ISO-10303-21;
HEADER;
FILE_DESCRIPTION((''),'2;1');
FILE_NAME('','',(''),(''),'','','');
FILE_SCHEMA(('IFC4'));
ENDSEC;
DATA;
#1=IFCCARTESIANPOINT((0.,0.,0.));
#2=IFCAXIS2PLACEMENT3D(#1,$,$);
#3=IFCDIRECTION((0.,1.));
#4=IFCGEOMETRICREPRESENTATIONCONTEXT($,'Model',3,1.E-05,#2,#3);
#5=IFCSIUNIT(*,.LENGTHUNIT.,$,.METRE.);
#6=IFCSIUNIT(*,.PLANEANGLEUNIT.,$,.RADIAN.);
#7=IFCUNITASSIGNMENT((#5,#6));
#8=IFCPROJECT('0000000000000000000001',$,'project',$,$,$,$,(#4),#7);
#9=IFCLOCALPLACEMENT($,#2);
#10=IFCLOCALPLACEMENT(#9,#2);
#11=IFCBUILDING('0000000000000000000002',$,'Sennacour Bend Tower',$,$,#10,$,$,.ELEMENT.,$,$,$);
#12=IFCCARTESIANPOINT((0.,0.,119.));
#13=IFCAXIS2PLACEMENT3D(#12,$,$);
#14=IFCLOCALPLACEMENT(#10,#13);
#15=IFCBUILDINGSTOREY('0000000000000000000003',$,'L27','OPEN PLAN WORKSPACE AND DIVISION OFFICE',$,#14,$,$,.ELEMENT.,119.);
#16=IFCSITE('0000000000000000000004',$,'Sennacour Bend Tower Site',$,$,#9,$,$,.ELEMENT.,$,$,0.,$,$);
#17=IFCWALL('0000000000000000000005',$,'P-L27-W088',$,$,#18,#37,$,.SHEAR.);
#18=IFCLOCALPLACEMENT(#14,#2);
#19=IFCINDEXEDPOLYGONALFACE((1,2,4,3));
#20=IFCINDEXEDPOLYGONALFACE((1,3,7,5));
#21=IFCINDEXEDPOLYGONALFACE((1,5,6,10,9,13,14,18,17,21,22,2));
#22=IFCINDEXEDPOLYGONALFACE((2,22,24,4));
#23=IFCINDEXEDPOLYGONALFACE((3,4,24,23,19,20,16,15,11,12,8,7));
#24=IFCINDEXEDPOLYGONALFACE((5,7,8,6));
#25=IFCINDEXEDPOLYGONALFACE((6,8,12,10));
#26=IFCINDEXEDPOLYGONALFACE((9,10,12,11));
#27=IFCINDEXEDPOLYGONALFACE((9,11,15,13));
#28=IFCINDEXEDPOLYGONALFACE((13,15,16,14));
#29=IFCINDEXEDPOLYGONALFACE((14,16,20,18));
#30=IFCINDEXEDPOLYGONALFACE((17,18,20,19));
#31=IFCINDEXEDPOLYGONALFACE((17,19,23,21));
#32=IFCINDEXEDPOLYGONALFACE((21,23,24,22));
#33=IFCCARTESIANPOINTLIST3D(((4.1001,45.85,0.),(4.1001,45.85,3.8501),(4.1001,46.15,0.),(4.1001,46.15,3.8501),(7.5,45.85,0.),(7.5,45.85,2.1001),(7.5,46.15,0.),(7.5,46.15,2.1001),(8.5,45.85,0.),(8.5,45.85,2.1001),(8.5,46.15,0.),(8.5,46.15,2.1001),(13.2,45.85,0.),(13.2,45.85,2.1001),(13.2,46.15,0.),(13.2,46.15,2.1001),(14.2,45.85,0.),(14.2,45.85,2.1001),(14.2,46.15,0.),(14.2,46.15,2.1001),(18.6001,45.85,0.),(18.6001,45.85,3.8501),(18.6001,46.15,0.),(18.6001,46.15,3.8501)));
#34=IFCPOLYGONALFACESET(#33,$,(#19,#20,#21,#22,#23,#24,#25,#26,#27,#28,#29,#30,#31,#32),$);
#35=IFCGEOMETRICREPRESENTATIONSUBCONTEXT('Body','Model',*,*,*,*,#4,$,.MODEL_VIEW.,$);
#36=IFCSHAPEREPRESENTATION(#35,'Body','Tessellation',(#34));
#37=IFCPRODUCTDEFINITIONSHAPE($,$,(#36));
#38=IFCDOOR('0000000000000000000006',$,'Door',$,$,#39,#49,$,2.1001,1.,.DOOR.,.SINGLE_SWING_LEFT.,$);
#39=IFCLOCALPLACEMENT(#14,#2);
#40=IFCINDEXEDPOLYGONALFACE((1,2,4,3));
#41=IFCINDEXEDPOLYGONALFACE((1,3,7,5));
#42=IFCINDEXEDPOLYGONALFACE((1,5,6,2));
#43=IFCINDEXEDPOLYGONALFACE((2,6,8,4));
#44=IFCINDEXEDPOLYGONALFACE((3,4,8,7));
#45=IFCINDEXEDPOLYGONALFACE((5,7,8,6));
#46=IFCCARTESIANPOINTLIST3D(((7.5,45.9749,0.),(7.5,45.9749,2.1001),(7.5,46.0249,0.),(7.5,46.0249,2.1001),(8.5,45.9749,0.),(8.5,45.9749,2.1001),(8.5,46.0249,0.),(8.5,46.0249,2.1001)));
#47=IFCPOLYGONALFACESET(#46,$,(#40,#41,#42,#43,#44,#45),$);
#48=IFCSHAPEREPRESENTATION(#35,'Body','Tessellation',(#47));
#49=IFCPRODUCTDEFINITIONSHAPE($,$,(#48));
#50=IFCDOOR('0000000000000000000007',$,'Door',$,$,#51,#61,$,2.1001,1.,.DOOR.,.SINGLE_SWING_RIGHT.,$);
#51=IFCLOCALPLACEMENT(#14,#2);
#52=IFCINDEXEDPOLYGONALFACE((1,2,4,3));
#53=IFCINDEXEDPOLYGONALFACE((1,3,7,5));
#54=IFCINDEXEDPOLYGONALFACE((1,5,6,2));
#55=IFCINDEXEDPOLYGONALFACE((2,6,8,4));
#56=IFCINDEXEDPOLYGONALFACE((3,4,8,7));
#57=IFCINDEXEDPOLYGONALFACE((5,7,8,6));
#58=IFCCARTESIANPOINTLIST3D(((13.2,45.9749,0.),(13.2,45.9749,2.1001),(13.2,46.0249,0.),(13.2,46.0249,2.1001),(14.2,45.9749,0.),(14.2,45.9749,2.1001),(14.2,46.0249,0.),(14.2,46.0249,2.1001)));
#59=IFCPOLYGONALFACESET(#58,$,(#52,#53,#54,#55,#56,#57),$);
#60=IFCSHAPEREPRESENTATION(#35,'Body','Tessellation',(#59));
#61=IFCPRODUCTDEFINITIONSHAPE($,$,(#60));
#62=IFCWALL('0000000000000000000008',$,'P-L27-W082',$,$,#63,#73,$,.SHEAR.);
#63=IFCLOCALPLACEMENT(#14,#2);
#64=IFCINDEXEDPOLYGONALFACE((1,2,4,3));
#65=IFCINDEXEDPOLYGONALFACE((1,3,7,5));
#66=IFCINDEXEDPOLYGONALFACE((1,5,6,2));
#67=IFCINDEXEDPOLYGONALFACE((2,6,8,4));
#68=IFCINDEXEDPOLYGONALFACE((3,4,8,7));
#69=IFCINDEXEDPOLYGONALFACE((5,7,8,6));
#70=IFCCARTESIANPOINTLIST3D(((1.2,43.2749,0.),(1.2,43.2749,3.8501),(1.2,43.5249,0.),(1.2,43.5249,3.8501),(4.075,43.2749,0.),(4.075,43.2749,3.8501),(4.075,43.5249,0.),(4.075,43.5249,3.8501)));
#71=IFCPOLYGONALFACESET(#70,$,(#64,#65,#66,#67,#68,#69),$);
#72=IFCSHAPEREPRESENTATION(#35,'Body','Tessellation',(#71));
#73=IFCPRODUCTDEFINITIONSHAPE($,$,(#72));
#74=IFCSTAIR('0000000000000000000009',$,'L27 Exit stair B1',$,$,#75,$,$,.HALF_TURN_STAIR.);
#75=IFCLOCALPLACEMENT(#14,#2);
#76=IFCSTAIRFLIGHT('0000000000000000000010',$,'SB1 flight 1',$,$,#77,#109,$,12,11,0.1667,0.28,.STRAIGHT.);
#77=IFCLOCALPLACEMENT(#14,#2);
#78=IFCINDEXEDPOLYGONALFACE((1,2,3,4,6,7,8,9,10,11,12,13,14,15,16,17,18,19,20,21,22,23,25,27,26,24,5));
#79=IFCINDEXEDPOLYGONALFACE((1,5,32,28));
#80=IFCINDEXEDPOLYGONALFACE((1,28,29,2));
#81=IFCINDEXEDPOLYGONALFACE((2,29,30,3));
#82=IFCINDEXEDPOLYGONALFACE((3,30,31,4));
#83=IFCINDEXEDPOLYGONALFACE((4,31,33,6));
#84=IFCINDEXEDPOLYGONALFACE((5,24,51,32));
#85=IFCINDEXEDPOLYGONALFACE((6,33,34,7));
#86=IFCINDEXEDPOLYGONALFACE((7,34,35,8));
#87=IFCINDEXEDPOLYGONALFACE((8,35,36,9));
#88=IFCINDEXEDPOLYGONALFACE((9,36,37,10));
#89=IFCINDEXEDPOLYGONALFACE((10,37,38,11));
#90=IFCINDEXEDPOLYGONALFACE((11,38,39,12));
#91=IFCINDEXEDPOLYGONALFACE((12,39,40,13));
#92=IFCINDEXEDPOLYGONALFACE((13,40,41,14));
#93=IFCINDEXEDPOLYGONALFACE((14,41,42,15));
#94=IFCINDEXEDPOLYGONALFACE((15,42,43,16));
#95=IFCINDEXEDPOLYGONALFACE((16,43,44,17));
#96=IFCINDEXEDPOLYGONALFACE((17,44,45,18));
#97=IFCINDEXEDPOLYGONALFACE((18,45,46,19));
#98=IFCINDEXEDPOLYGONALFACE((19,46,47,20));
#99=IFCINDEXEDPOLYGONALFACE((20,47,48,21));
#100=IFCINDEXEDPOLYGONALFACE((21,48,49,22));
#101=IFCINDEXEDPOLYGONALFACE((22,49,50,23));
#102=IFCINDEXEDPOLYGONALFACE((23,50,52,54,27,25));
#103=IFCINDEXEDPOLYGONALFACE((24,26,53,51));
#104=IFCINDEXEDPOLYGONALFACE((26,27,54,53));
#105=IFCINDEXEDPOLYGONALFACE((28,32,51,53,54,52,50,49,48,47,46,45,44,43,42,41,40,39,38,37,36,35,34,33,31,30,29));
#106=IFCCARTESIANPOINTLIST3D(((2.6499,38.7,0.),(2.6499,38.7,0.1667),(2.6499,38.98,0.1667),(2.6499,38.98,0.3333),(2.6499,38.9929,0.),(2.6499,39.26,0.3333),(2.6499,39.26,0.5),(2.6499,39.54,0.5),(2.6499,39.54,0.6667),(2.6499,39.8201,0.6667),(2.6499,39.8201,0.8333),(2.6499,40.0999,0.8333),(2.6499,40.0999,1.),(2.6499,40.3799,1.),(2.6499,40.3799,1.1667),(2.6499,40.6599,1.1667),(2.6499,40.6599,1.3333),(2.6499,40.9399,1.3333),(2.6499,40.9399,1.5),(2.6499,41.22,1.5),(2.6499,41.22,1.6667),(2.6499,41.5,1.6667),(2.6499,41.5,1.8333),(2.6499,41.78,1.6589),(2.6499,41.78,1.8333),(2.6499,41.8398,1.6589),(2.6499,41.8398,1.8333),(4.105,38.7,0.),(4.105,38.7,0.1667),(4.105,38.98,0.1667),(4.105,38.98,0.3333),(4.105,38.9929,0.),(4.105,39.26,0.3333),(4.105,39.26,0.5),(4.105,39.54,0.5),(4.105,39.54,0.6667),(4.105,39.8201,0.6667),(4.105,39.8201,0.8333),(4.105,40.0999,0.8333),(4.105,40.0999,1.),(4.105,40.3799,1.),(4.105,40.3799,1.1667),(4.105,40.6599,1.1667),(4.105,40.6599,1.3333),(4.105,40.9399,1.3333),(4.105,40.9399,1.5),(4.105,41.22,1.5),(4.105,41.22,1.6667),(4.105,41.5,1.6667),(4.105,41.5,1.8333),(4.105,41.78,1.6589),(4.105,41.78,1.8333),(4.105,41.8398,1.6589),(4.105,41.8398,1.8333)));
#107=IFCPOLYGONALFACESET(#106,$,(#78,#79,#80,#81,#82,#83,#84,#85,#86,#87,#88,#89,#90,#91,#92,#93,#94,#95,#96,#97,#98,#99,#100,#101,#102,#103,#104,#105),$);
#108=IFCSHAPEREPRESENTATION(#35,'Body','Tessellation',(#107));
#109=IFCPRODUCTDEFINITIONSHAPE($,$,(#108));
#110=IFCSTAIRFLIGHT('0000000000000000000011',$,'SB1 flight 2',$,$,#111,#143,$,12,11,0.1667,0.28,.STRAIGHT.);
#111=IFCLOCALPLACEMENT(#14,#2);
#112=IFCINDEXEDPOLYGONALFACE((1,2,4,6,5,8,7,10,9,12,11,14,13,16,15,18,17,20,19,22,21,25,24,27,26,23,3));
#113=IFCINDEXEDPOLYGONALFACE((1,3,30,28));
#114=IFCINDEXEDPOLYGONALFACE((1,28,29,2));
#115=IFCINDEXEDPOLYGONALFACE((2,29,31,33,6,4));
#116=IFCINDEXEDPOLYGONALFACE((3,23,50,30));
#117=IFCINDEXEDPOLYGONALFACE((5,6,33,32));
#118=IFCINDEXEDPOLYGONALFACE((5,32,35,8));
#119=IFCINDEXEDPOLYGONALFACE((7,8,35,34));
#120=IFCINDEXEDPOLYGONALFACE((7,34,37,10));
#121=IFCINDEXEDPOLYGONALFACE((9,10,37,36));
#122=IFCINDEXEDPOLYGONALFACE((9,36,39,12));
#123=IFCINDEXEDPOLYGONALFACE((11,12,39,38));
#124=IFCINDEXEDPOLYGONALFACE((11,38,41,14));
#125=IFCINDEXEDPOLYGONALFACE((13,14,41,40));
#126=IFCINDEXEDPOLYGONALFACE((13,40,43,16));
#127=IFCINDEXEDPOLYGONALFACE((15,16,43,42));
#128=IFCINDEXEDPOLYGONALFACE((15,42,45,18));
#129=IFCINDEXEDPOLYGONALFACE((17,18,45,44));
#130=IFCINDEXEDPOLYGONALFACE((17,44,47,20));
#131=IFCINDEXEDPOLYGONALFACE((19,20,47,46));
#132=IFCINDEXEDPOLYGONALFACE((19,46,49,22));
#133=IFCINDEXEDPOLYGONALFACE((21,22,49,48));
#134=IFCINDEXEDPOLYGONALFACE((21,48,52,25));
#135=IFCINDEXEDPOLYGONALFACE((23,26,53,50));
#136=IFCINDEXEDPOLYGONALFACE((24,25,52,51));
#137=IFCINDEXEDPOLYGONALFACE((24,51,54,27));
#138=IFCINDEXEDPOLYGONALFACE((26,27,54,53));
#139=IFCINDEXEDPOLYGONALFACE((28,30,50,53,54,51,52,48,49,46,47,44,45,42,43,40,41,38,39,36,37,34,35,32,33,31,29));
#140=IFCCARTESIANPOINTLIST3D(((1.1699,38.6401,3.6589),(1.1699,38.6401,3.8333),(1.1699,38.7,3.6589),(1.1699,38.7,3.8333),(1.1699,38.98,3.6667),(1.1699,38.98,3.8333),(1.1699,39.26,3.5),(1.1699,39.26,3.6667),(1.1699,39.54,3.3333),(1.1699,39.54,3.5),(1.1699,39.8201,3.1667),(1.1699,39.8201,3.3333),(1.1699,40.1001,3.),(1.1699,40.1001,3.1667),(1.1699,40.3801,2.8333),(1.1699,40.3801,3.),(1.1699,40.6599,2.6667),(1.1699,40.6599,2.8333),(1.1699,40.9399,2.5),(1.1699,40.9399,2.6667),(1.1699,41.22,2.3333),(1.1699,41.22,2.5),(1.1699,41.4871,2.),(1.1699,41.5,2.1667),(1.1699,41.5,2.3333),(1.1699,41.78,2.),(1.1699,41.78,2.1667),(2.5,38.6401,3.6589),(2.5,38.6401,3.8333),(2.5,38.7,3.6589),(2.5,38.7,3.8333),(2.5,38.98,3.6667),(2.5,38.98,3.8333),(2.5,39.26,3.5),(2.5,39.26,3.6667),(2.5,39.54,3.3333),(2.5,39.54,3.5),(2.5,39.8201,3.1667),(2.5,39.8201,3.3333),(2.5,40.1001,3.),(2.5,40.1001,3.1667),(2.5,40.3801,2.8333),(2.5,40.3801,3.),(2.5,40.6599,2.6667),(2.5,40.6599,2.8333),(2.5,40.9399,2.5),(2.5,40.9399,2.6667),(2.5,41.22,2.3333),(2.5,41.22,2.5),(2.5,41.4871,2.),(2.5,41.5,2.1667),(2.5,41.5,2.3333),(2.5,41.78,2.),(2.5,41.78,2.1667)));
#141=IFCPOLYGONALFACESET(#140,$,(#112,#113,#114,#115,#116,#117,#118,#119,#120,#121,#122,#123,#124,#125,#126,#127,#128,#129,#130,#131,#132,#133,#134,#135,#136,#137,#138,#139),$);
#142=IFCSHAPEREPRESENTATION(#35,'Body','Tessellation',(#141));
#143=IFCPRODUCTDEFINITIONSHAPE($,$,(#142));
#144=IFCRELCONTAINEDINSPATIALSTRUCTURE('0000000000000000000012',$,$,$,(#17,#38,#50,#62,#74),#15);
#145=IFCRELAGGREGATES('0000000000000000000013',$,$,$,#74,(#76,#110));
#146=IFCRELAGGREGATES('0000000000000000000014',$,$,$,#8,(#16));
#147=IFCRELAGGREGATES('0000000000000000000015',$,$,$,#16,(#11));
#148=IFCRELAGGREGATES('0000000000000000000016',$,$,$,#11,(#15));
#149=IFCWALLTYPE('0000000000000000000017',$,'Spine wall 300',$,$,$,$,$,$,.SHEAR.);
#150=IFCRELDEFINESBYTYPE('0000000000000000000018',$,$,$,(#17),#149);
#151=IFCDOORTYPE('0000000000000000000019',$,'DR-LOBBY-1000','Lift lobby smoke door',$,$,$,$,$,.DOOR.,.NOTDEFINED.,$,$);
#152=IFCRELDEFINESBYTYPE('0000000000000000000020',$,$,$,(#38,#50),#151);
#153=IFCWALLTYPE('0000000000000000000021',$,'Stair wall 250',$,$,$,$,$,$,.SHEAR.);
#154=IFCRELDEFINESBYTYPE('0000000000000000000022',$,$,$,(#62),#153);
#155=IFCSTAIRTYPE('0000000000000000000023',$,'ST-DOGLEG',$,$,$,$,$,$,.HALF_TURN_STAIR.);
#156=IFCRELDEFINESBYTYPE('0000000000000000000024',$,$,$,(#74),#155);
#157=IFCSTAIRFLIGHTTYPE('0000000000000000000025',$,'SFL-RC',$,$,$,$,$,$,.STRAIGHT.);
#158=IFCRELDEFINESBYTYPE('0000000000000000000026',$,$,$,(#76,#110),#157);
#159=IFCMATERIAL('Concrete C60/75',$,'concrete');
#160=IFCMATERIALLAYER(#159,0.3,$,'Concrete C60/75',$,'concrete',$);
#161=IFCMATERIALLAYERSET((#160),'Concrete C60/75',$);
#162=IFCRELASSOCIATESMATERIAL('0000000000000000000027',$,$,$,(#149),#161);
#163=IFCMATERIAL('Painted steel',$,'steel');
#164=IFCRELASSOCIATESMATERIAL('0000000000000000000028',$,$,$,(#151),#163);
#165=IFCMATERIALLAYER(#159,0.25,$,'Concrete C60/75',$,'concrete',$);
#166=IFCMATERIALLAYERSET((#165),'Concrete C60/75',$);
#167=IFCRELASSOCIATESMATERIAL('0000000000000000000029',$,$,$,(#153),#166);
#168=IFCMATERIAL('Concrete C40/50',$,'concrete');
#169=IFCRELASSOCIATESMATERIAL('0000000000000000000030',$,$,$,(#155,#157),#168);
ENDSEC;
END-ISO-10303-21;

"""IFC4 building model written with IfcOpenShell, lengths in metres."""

from ifc_helpers import new_model, si_unit, direction, frame, frame_2d, origin, place, context, subcontext, project, spatial, polyline, rectangle, outline, extrude, material, layer, layer_set, type_object, element, fill, aggregate, save


model = new_model("IFC4")

# Units and contexts
model_context = context("Model", 3, precision=1e-05, world=origin(), true_north=direction((0.0, 1.0)))
body_context = subcontext(model_context, "Body", "Model", "MODEL_VIEW")
ifc_project = project(units=[si_unit("LENGTHUNIT", "METRE"), si_unit("PLANEANGLEUNIT", "RADIAN")], contexts=[model_context])

# Site, building, storey
site_placement = place(None, origin())
site = spatial("IfcSite", under=ifc_project, at=site_placement, Name="Sennacour Bend Tower Site", CompositionType="ELEMENT", RefElevation=0.0)
building_placement = place(site_placement, origin())
building = spatial("IfcBuilding", under=site, at=building_placement, Name="Sennacour Bend Tower", CompositionType="ELEMENT")
storey_placement = place(building_placement, frame((0.0, 0.0, 119.0)))
storey = spatial("IfcBuildingStorey", under=building, at=storey_placement, Name="L27", Description="OPEN PLAN WORKSPACE AND DIVISION OFFICE", CompositionType="ELEMENT", Elevation=119.0)

# Shared definitions
ifc_material_1 = material(Name="Painted steel", Category="steel")

# Wall, openings, doors
ifc_material_2 = material(Name="Concrete C60/75", Category="concrete")
ifc_layer_1 = layer(ifc_material_2, 0.3, Name="Concrete C60/75", Category="concrete")
ifc_layer_set_1 = layer_set([ifc_layer_1], Name="Concrete C60/75")
wall_type_1 = type_object("IfcWallType", Name="Spine wall 300", PredefinedType="SHEAR", material=ifc_layer_set_1)
wall_1_placement = place(storey_placement, frame((4.1001, 46.0, 0.0), z_axis=(0.0, 0.0, 1.0), x_axis=(1.0, 0.0, 0.0)))
wall_1 = element("IfcWall", 1, at=wall_1_placement, inside=storey, type_object=wall_type_1, Name="P-L27-W088", PredefinedType="SHEAR", context=body_context, shape_type="SweptSolid", body=[
    extrude(rectangle(XDim=14.5, YDim=0.3, at=frame_2d((7.25, 0.0))), origin(), (0.0, 0.0, 1.0), 3.8501),
])
opening_1_placement = place(wall_1_placement, frame((3.3999, 0.0, 0.0)))
opening_1 = element("IfcOpeningElement", 2, at=opening_1_placement, cuts=wall_1, PredefinedType="OPENING", context=body_context, shape_type="SweptSolid", body=[
    extrude(rectangle(XDim=1.0, YDim=2.1001, at=frame_2d((0.5, 1.05))), frame((0.0, 0.1602, 0.0), z_axis=(0.0, -1.0, 0.0), x_axis=(1.0, 0.0, 0.0)), (0.0, 0.0, 1.0), 0.3201),
])
opening_2_placement = place(wall_1_placement, frame((9.0999, 0.0, 0.0)))
opening_2 = element("IfcOpeningElement", 3, at=opening_2_placement, cuts=wall_1, PredefinedType="OPENING", context=body_context, shape_type="SweptSolid", body=[
    extrude(rectangle(XDim=1.0, YDim=2.1001, at=frame_2d((0.5, 1.05))), frame((0.0, 0.1602, 0.0), z_axis=(0.0, -1.0, 0.0), x_axis=(1.0, 0.0, 0.0)), (0.0, 0.0, 1.0), 0.3201),
])
door_type_1 = type_object("IfcDoorType", Name="DR-LOBBY-1000", Description="Lift lobby smoke door", OperationType="NOTDEFINED", PredefinedType="DOOR", material=ifc_material_1)
door_1_placement = place(opening_1_placement, origin())
door_1 = element("IfcDoor", 4, at=door_1_placement, inside=storey, type_object=door_type_1, Name="Door", OperationType="SINGLE_SWING_LEFT", OverallHeight=2.1001, OverallWidth=1.0, PredefinedType="DOOR", context=body_context, shape_type="SweptSolid", body=[
    extrude(rectangle(XDim=1.0, YDim=2.1001, at=frame_2d((0.5, 1.05))), frame((0.0, 0.0249, 0.0), z_axis=(0.0, -1.0, 0.0), x_axis=(1.0, 0.0, 0.0)), (0.0, 0.0, 1.0), 0.05),
])
fill(opening_1, door_1)
door_2_placement = place(opening_2_placement, origin())
door_2 = element("IfcDoor", 5, at=door_2_placement, inside=storey, type_object=door_type_1, Name="Door", OperationType="SINGLE_SWING_RIGHT", OverallHeight=2.1001, OverallWidth=1.0, PredefinedType="DOOR", context=body_context, shape_type="SweptSolid", body=[
    extrude(rectangle(XDim=1.0, YDim=2.1001, at=frame_2d((0.5, 1.05))), frame((0.0, 0.0249, 0.0), z_axis=(0.0, -1.0, 0.0), x_axis=(1.0, 0.0, 0.0)), (0.0, 0.0, 1.0), 0.05),
])
fill(opening_2, door_2)

# Wall
ifc_layer_2 = layer(ifc_material_2, 0.25, Name="Concrete C60/75", Category="concrete")
ifc_layer_set_2 = layer_set([ifc_layer_2], Name="Concrete C60/75")
wall_type_2 = type_object("IfcWallType", Name="Stair wall 250", PredefinedType="SHEAR", material=ifc_layer_set_2)
wall_2_placement = place(storey_placement, frame((1.2, 43.3999, 0.0), z_axis=(0.0, 0.0, 1.0), x_axis=(1.0, 0.0, 0.0)))
element("IfcWall", 6, at=wall_2_placement, inside=storey, type_object=wall_type_2, Name="P-L27-W082", PredefinedType="SHEAR", context=body_context, shape_type="SweptSolid", body=[
    extrude(rectangle(XDim=2.875, YDim=0.25, at=frame_2d((1.4375, 0.0))), origin(), (0.0, 0.0, 1.0), 3.8501),
])

# Stair, stair flights
ifc_material_3 = material(Name="Concrete C40/50", Category="concrete")
stair_type = type_object("IfcStairType", Name="ST-DOGLEG", PredefinedType="HALF_TURN_STAIR", material=ifc_material_3)
stair_placement = place(storey_placement, origin())
stair = element("IfcStair", 7, at=stair_placement, inside=storey, type_object=stair_type, Name="L27 Exit stair B1", PredefinedType="HALF_TURN_STAIR")
stair_flight_type = type_object("IfcStairFlightType", Name="SFL-RC", PredefinedType="STRAIGHT", material=ifc_material_3)
stair_flight_1_placement = place(storey_placement, frame((3.3774, 38.7, 0.0), z_axis=(0.0, 0.0, 1.0), x_axis=(0.0, 1.0, 0.0)))
stair_flight_1 = element("IfcStairFlight", 8, at=stair_flight_1_placement, type_object=stair_flight_type, Name="SB1 flight 1", NumberOfRisers=12, NumberOfTreads=11, PredefinedType="STRAIGHT", RiserHeight=0.1667, TreadLength=0.28, context=body_context, shape_type="SweptSolid", body=[
    extrude(outline(polyline([(0.0, 0.0), (0.0, 0.1667), (0.28, 0.1667), (0.28, 0.3333), (0.5601, 0.3333), (0.5601, 0.5), (0.8401, 0.5), (0.8401, 0.6667), (1.1201, 0.6667), (1.1201, 0.8333), (1.3999, 0.8333), (1.3999, 1.0), (1.6799, 1.0), (1.6799, 1.1667), (1.96, 1.1667), (1.96, 1.3333), (2.24, 1.3333), (2.24, 1.5), (2.52, 1.5), (2.52, 1.6667), (2.8, 1.6667), (2.8, 1.8333), (3.0801, 1.8333), (3.1399, 1.8333), (3.1399, 1.6589), (3.0801, 1.6589), (0.293, 0.0), (0.0, 0.0)])), frame((0.0, 0.7275, 0.0), z_axis=(0.0, -1.0, 0.0), x_axis=(1.0, 0.0, 0.0)), (0.0, 0.0, 1.0), 1.4551),
])
stair_flight_2_placement = place(storey_placement, frame((1.835, 41.78, 2.0), z_axis=(0.0, 0.0, 1.0), x_axis=(0.0, -1.0, 0.0)))
stair_flight_2 = element("IfcStairFlight", 9, at=stair_flight_2_placement, type_object=stair_flight_type, Name="SB1 flight 2", NumberOfRisers=12, NumberOfTreads=11, PredefinedType="STRAIGHT", RiserHeight=0.1667, TreadLength=0.28, context=body_context, shape_type="SweptSolid", body=[
    extrude(outline(polyline([(0.0, 0.0), (0.0, 0.1667), (0.28, 0.1667), (0.28, 0.3333), (0.5601, 0.3333), (0.5601, 0.5), (0.8401, 0.5), (0.8401, 0.6667), (1.1201, 0.6667), (1.1201, 0.8333), (1.3999, 0.8333), (1.3999, 1.0), (1.6799, 1.0), (1.6799, 1.1667), (1.96, 1.1667), (1.96, 1.3333), (2.24, 1.3333), (2.24, 1.5), (2.52, 1.5), (2.52, 1.6667), (2.8, 1.6667), (2.8, 1.8333), (3.0801, 1.8333), (3.1399, 1.8333), (3.1399, 1.6589), (3.0801, 1.6589), (0.293, 0.0), (0.0, 0.0)])), frame((0.0, 0.665, 0.0), z_axis=(0.0, -1.0, 0.0), x_axis=(1.0, 0.0, 0.0)), (0.0, 0.0, 1.0), 1.3301),
])
aggregate(stair, [stair_flight_1, stair_flight_2])

save(model, "model.ifc")
